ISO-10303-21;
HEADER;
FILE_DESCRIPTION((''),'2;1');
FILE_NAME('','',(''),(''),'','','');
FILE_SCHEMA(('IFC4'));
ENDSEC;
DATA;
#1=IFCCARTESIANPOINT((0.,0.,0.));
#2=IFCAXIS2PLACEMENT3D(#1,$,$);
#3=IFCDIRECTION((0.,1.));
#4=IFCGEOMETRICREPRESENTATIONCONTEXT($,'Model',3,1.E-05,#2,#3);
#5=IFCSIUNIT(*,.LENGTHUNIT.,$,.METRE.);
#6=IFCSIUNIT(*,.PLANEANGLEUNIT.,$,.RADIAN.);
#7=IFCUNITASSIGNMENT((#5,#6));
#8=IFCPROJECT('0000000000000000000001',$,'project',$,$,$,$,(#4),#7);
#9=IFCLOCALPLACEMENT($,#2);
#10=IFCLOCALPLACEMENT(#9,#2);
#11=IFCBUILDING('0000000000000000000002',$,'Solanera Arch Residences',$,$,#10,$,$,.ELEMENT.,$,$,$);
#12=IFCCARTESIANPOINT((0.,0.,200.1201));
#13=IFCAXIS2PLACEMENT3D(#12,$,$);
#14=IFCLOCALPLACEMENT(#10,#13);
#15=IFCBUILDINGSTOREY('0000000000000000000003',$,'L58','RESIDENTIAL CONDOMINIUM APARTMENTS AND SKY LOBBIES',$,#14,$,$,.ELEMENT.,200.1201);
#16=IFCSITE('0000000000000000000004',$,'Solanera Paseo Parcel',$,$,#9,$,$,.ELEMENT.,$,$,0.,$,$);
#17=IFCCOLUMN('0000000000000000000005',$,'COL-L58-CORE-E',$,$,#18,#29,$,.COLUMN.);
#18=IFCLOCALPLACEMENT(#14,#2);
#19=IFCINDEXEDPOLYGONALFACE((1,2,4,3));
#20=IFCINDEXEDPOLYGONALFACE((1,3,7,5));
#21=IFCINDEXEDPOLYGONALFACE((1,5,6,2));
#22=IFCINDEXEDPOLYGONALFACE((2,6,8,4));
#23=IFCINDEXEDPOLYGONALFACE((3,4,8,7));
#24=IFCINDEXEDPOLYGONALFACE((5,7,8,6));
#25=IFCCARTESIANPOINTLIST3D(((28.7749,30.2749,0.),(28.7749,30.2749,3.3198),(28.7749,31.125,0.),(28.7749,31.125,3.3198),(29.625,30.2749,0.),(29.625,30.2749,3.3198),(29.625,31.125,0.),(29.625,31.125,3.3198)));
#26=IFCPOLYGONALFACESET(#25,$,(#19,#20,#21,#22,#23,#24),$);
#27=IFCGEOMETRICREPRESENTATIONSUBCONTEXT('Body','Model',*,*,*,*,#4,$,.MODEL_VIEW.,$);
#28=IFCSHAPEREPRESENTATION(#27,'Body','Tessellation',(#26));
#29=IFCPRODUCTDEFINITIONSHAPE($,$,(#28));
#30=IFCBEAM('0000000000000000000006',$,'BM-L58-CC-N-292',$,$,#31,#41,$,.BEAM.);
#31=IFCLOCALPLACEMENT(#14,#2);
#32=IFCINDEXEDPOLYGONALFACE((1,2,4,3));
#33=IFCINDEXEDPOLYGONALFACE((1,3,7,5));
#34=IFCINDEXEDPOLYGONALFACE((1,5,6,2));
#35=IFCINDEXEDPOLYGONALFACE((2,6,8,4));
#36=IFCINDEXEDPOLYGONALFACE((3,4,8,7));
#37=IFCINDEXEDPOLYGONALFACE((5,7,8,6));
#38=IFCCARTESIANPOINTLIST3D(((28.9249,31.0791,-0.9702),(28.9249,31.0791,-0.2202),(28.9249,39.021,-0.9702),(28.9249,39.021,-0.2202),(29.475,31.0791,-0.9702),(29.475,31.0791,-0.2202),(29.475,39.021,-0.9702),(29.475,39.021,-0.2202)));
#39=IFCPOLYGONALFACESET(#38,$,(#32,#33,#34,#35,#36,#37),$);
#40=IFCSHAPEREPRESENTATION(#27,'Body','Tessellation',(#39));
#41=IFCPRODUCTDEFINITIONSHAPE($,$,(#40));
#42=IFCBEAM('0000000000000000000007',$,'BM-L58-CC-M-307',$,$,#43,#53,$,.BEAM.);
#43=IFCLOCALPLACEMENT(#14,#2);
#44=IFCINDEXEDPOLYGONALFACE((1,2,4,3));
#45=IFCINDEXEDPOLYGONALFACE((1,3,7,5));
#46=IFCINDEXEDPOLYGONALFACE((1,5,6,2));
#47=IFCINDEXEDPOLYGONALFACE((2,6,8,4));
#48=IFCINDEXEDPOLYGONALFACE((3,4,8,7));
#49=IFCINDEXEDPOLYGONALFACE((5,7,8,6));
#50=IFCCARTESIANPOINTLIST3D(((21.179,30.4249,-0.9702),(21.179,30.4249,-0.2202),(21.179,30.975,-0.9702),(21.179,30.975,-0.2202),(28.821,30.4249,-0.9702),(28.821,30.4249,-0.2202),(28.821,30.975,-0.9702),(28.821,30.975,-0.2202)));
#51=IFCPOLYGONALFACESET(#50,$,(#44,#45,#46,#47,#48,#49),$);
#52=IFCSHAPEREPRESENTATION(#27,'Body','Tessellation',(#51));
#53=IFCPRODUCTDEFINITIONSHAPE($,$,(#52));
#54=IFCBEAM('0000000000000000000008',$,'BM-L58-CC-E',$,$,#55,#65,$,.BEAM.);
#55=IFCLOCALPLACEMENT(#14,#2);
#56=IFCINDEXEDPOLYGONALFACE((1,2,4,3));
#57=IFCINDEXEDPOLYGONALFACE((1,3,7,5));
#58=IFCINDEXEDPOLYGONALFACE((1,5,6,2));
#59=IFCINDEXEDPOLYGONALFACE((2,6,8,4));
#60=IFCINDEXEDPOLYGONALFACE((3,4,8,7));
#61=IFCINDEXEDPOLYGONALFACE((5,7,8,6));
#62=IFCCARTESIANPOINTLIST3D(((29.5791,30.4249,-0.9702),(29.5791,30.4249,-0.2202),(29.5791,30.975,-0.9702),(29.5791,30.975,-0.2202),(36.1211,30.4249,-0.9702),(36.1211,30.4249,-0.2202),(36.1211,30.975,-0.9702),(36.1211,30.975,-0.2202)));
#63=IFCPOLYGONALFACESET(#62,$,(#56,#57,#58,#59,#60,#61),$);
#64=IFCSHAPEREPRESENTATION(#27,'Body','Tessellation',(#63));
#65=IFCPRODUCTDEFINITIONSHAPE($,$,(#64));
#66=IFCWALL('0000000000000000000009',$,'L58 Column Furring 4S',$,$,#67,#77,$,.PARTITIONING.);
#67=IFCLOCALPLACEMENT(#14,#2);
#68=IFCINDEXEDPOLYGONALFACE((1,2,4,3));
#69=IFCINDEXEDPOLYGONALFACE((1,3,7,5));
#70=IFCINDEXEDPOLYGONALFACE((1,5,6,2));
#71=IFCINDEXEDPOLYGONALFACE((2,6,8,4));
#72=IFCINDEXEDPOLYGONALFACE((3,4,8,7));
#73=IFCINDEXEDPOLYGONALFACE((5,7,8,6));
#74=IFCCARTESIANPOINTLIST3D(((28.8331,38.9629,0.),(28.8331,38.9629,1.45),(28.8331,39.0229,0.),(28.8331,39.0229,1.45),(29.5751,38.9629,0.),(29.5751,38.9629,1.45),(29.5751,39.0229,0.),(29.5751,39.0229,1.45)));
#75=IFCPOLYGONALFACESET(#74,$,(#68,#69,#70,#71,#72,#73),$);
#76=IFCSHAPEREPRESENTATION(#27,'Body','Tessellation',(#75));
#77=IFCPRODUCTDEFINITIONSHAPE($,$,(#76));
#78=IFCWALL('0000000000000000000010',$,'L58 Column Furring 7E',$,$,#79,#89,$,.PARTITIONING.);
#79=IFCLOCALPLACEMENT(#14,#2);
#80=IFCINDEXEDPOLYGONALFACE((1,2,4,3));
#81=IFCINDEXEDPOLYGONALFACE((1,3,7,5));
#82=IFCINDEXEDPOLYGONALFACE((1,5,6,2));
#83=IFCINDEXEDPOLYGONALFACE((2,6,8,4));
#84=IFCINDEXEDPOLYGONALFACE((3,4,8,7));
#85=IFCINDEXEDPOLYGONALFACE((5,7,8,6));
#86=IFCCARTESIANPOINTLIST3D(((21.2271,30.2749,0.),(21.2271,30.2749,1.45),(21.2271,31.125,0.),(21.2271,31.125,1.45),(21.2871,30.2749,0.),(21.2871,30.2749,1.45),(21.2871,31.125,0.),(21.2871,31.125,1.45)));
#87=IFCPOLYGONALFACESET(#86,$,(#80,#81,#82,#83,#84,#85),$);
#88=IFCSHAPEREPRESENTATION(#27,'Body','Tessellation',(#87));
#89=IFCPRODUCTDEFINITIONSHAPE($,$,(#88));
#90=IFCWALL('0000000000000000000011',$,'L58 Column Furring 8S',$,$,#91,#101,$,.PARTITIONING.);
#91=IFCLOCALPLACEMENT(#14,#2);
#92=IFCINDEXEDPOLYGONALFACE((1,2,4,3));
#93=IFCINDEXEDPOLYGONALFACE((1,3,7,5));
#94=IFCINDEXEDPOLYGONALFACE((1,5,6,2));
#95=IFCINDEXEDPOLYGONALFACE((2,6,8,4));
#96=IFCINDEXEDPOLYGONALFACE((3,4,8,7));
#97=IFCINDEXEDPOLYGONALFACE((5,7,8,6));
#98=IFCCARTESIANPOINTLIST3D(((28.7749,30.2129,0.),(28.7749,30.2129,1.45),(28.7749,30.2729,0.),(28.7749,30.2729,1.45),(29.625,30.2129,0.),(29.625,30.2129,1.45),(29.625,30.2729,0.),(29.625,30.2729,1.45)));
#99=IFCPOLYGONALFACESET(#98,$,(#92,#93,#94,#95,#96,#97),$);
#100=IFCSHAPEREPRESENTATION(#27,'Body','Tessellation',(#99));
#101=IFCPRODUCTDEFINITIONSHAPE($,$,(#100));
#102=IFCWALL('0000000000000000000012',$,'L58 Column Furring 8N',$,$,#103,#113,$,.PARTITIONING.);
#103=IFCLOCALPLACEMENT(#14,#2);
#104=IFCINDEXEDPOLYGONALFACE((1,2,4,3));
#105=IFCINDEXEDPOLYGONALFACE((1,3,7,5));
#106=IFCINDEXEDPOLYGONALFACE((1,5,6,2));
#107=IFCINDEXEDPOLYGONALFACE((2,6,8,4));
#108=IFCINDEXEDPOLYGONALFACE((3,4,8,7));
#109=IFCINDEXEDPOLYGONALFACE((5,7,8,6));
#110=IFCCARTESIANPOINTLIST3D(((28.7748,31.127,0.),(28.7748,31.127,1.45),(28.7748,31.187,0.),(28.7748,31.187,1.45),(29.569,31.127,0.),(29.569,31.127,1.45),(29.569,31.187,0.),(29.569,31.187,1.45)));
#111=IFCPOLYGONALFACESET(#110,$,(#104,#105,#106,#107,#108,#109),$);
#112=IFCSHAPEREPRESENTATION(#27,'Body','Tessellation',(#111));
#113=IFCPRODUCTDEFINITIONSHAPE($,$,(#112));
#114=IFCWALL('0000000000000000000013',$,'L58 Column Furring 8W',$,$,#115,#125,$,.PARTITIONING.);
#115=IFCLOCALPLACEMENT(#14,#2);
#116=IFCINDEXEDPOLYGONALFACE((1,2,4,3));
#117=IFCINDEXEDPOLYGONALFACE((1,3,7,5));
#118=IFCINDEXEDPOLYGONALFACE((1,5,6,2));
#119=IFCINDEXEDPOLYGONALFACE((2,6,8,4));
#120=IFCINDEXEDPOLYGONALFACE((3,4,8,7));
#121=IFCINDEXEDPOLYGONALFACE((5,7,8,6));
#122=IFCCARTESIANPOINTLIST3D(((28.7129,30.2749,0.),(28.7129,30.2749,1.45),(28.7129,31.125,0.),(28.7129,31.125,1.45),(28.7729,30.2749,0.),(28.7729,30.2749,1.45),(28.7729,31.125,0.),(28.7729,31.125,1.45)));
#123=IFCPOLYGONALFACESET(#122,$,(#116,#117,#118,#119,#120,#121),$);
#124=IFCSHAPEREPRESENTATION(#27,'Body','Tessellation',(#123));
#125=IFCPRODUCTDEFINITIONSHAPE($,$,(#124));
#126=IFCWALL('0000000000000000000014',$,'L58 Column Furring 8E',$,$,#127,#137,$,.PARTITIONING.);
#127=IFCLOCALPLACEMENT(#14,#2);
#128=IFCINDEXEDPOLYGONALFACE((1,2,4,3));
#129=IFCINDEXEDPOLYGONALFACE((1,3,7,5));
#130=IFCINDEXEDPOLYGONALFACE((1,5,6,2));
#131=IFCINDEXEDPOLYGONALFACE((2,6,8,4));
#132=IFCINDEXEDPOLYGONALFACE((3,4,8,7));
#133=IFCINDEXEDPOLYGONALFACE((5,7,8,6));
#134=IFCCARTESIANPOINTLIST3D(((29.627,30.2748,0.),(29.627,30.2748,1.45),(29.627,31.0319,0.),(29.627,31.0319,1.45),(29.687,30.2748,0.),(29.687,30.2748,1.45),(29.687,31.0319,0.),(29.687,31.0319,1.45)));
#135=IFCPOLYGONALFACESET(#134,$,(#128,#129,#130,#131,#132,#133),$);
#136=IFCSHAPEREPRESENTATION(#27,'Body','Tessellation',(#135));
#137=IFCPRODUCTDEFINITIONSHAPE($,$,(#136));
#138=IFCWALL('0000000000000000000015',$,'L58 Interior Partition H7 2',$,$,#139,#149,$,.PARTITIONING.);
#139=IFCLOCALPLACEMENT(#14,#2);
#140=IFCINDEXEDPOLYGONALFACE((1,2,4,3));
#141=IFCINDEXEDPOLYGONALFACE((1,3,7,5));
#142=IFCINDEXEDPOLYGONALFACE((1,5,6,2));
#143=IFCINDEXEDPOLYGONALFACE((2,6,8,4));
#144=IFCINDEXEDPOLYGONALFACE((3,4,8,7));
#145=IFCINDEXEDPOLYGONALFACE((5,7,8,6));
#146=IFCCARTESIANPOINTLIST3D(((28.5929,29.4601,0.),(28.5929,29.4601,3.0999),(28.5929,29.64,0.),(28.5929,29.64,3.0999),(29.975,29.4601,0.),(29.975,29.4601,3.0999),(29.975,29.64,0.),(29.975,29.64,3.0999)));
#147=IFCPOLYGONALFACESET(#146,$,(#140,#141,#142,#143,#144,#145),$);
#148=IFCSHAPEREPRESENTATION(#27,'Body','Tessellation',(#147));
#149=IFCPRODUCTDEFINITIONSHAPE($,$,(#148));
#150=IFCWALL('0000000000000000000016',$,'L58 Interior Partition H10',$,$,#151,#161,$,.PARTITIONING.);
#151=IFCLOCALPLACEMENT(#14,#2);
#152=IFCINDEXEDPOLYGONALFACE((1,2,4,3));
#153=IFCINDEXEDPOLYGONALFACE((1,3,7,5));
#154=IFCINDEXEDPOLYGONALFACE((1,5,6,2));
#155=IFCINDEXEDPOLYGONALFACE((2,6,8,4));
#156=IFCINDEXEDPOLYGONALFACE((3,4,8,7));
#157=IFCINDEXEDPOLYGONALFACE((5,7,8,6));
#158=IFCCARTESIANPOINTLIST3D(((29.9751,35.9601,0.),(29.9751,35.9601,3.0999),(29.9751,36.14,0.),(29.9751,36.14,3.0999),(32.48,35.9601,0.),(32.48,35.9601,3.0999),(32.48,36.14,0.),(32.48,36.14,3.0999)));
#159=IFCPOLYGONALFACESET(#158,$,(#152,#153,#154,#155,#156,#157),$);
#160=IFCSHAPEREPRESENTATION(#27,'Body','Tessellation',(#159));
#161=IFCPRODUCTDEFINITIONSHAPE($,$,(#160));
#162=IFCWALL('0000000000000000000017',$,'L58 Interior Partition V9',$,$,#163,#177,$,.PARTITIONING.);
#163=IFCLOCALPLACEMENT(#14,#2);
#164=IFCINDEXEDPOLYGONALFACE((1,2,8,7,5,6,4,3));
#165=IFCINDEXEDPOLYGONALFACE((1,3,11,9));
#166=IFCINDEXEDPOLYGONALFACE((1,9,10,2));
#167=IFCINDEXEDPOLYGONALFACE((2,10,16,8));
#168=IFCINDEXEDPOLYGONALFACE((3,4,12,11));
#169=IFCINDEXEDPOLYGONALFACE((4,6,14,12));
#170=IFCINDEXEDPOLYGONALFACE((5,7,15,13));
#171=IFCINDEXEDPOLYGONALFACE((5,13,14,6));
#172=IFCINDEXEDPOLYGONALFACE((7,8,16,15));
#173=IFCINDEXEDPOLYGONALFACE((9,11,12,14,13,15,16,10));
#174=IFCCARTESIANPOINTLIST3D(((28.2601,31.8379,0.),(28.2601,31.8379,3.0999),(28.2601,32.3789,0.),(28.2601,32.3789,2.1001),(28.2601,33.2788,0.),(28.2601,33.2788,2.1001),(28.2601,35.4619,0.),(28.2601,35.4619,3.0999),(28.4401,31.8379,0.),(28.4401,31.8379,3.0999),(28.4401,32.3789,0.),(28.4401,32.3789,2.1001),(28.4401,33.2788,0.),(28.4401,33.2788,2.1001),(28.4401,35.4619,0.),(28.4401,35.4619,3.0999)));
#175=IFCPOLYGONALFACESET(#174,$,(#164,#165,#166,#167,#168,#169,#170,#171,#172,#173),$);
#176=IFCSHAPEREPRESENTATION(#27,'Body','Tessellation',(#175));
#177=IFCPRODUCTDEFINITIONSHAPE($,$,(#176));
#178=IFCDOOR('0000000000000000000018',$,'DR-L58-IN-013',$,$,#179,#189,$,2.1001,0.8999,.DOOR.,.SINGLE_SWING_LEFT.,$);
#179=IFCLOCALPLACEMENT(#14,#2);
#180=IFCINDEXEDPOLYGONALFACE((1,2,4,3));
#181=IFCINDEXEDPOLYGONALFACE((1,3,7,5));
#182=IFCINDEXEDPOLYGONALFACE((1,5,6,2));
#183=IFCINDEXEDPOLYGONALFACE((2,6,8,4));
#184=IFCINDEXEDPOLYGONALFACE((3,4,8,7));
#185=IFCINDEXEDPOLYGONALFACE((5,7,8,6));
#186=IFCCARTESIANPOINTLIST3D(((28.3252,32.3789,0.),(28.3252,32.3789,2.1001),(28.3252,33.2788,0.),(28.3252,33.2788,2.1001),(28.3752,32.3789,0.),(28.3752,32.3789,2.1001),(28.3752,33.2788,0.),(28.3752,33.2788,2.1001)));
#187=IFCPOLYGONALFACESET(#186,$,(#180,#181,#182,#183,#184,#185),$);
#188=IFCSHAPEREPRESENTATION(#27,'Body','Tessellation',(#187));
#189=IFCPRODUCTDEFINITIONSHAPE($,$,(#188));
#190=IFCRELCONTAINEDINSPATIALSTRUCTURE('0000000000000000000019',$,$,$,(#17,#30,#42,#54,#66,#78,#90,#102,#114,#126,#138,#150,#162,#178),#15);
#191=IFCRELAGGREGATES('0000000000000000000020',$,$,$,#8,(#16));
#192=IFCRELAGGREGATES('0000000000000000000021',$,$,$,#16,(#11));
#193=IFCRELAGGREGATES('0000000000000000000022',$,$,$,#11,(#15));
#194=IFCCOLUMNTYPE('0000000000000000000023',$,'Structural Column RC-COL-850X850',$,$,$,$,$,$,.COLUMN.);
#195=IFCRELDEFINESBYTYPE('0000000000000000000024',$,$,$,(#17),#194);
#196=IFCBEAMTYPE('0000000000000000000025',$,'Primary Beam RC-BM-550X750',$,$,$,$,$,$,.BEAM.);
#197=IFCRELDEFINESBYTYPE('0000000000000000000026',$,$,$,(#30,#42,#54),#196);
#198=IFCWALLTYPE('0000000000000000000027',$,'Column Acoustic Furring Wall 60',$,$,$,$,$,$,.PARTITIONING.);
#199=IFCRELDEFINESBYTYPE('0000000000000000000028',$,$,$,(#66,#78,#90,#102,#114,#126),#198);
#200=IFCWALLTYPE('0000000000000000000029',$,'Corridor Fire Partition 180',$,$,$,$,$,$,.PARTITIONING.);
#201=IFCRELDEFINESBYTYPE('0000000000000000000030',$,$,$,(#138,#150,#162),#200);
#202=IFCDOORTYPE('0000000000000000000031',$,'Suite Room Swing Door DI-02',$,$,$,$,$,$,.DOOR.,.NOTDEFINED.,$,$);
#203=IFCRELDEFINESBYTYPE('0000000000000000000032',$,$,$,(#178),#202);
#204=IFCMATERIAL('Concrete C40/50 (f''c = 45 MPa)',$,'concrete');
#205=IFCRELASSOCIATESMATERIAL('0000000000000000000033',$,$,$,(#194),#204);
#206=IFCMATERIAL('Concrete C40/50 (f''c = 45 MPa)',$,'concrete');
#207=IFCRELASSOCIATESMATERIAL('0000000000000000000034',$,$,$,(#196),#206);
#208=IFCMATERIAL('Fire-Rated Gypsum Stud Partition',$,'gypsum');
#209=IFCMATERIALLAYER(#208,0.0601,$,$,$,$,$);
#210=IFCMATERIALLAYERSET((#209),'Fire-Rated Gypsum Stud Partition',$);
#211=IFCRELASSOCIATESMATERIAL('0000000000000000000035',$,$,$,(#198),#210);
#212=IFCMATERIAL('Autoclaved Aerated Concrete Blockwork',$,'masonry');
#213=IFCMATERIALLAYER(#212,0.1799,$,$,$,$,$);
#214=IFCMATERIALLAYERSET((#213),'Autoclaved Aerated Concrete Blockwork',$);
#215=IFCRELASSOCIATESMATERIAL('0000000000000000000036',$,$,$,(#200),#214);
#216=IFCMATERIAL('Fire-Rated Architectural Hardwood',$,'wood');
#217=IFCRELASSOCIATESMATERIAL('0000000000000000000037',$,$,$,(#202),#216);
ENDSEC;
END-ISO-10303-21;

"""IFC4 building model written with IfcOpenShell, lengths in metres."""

from ifc_helpers import new_model, si_unit, direction, frame, frame_2d, origin, origin_2d, place, context, subcontext, project, spatial, rectangle, extrude, material, layer, layer_set, material_profile, profile_set, type_object, element, fill, save


model = new_model("IFC4")

# Units and contexts
model_context = context("Model", 3, precision=1e-05, world=origin(), true_north=direction((0.0, 1.0)))
body_context = subcontext(model_context, "Body", "Model", "MODEL_VIEW")
ifc_project = project(units=[si_unit("LENGTHUNIT", "METRE"), si_unit("PLANEANGLEUNIT", "RADIAN")], contexts=[model_context])

# Site, building, storey
site_placement = place(None, origin())
site = spatial("IfcSite", under=ifc_project, at=site_placement, Name="Solanera Paseo Parcel", CompositionType="ELEMENT", RefElevation=0.0)
building_placement = place(site_placement, origin())
building = spatial("IfcBuilding", under=site, at=building_placement, Name="Solanera Arch Residences", CompositionType="ELEMENT")
storey_placement = place(building_placement, frame((0.0, 0.0, 200.1201)))
storey = spatial("IfcBuildingStorey", under=building, at=storey_placement, Name="L58", Description="RESIDENTIAL CONDOMINIUM APARTMENTS AND SKY LOBBIES", CompositionType="ELEMENT", Elevation=200.1201)

# Column
ifc_material_1 = material(Name="Concrete C40/50 (f'c = 45 MPa)", Category="concrete")
ifc_material_profile_1 = material_profile(ifc_material_1, rectangle(XDim=0.8501, YDim=0.8501, at=origin_2d()))
ifc_profile_set_1 = profile_set([ifc_material_profile_1], Name="Concrete C40/50 (f'c = 45 MPa)")
column_type = type_object("IfcColumnType", Name="Structural Column RC-COL-850X850", PredefinedType="COLUMN", material=ifc_profile_set_1)
column_placement = place(storey_placement, frame((29.2, 30.7, 0.0), z_axis=(0.0, 0.0, 1.0), x_axis=(1.0, 0.0, 0.0)))
element("IfcColumn", 1, at=column_placement, inside=storey, type_object=column_type, Name="COL-L58-CORE-E", PredefinedType="COLUMN", context=body_context, shape_type="SweptSolid", body=[
    extrude(rectangle(XDim=0.8501, YDim=0.8501, at=origin_2d()), origin(), (0.0, 0.0, 1.0), 3.3198),
])

# Beams
ifc_material_2 = material(Name="Concrete C40/50 (f'c = 45 MPa)", Category="concrete")
ifc_material_profile_2 = material_profile(ifc_material_2, rectangle(XDim=0.55, YDim=0.75, at=origin_2d()))
ifc_profile_set_2 = profile_set([ifc_material_profile_2], Name="Concrete C40/50 (f'c = 45 MPa)")
beam_type = type_object("IfcBeamType", Name="Primary Beam RC-BM-550X750", PredefinedType="BEAM", material=ifc_profile_set_2)
beam_1_placement = place(storey_placement, frame((29.2, 31.0791, -0.5952), z_axis=(0.0, 1.0, 0.0), x_axis=(-1.0, 0.0, 0.0)))
element("IfcBeam", 2, at=beam_1_placement, inside=storey, type_object=beam_type, Name="BM-L58-CC-N-292", PredefinedType="BEAM", context=body_context, shape_type="SweptSolid", body=[
    extrude(rectangle(XDim=0.55, YDim=0.75, at=origin_2d()), origin(), (0.0, 0.0, 1.0), 7.9419),
])
beam_2_placement = place(storey_placement, frame((21.179, 30.7, -0.5952), z_axis=(1.0, 0.0, 0.0), x_axis=(0.0, 1.0, 0.0)))
element("IfcBeam", 3, at=beam_2_placement, inside=storey, type_object=beam_type, Name="BM-L58-CC-M-307", PredefinedType="BEAM", context=body_context, shape_type="SweptSolid", body=[
    extrude(rectangle(XDim=0.55, YDim=0.75, at=origin_2d()), origin(), (0.0, 0.0, 1.0), 7.6421),
])
beam_3_placement = place(storey_placement, frame((29.5791, 30.7, -0.5952), z_axis=(1.0, 0.0, 0.0), x_axis=(0.0, 1.0, 0.0)))
element("IfcBeam", 4, at=beam_3_placement, inside=storey, type_object=beam_type, Name="BM-L58-CC-E", PredefinedType="BEAM", context=body_context, shape_type="SweptSolid", body=[
    extrude(rectangle(XDim=0.55, YDim=0.75, at=origin_2d()), origin(), (0.0, 0.0, 1.0), 6.542),
])

# Walls
ifc_material_3 = material(Name="Fire-Rated Gypsum Stud Partition", Category="gypsum")
ifc_layer_1 = layer(ifc_material_3, 0.0601)
ifc_layer_set_1 = layer_set([ifc_layer_1], Name="Fire-Rated Gypsum Stud Partition")
wall_type_1 = type_object("IfcWallType", Name="Column Acoustic Furring Wall 60", PredefinedType="PARTITIONING", material=ifc_layer_set_1)
wall_1_placement = place(storey_placement, frame((28.833, 38.9929, 0.0), z_axis=(0.0, 0.0, 1.0), x_axis=(1.0, 0.0, 0.0)))
element("IfcWall", 5, at=wall_1_placement, inside=storey, type_object=wall_type_1, Name="L58 Column Furring 4S", PredefinedType="PARTITIONING", context=body_context, shape_type="SweptSolid", body=[
    extrude(rectangle(XDim=0.7419, YDim=0.0601, at=frame_2d((0.3711, 0.0))), origin(), (0.0, 0.0, 1.0), 1.45),
])
for number, where, z_axis, x_axis, name in (
    (6, (21.2571, 30.2749, 0.0), (0.0, 0.0, 1.0), (0.0, 1.0, 0.0), "L58 Column Furring 7E"),
    (7, (28.7749, 30.2429, 0.0), (0.0, 0.0, 1.0), (1.0, 0.0, 0.0), "L58 Column Furring 8S"),
):
    element("IfcWall", number, at=place(storey_placement, frame(where, z_axis=z_axis, x_axis=x_axis)), inside=storey, type_object=wall_type_1, Name=name, PredefinedType="PARTITIONING", context=body_context, shape_type="SweptSolid", body=[
        extrude(rectangle(XDim=0.8501, YDim=0.0601, at=frame_2d((0.425, 0.0))), origin(), (0.0, 0.0, 1.0), 1.45),
    ])
wall_2_placement = place(storey_placement, frame((28.7749, 31.157, 0.0), z_axis=(0.0, 0.0, 1.0), x_axis=(1.0, 0.0, 0.0)))
element("IfcWall", 8, at=wall_2_placement, inside=storey, type_object=wall_type_1, Name="L58 Column Furring 8N", PredefinedType="PARTITIONING", context=body_context, shape_type="SweptSolid", body=[
    extrude(rectangle(XDim=0.7942, YDim=0.0601, at=frame_2d((0.397, 0.0))), origin(), (0.0, 0.0, 1.0), 1.45),
])
wall_3_placement = place(storey_placement, frame((28.7429, 30.2749, 0.0), z_axis=(0.0, 0.0, 1.0), x_axis=(0.0, 1.0, 0.0)))
element("IfcWall", 9, at=wall_3_placement, inside=storey, type_object=wall_type_1, Name="L58 Column Furring 8W", PredefinedType="PARTITIONING", context=body_context, shape_type="SweptSolid", body=[
    extrude(rectangle(XDim=0.8501, YDim=0.0601, at=frame_2d((0.425, 0.0))), origin(), (0.0, 0.0, 1.0), 1.45),
])
wall_4_placement = place(storey_placement, frame((29.657, 30.2749, 0.0), z_axis=(0.0, 0.0, 1.0), x_axis=(0.0, 1.0, 0.0)))
element("IfcWall", 10, at=wall_4_placement, inside=storey, type_object=wall_type_1, Name="L58 Column Furring 8E", PredefinedType="PARTITIONING", context=body_context, shape_type="SweptSolid", body=[
    extrude(rectangle(XDim=0.7571, YDim=0.0601, at=frame_2d((0.3784, 0.0))), origin(), (0.0, 0.0, 1.0), 1.45),
])
ifc_material_4 = material(Name="Autoclaved Aerated Concrete Blockwork", Category="masonry")
ifc_layer_2 = layer(ifc_material_4, 0.1799)
ifc_layer_set_2 = layer_set([ifc_layer_2], Name="Autoclaved Aerated Concrete Blockwork")
wall_type_2 = type_object("IfcWallType", Name="Corridor Fire Partition 180", PredefinedType="PARTITIONING", material=ifc_layer_set_2)
wall_5_placement = place(storey_placement, frame((28.593, 29.55, 0.0), z_axis=(0.0, 0.0, 1.0), x_axis=(1.0, 0.0, 0.0)))
element("IfcWall", 11, at=wall_5_placement, inside=storey, type_object=wall_type_2, Name="L58 Interior Partition H7 2", PredefinedType="PARTITIONING", context=body_context, shape_type="SweptSolid", body=[
    extrude(rectangle(XDim=1.3821, YDim=0.1799, at=frame_2d((0.6909, 0.0))), origin(), (0.0, 0.0, 1.0), 3.0999),
])
wall_6_placement = place(storey_placement, frame((29.9751, 36.05, 0.0), z_axis=(0.0, 0.0, 1.0), x_axis=(1.0, 0.0, 0.0)))
element("IfcWall", 12, at=wall_6_placement, inside=storey, type_object=wall_type_2, Name="L58 Interior Partition H10", PredefinedType="PARTITIONING", context=body_context, shape_type="SweptSolid", body=[
    extrude(rectangle(XDim=2.5049, YDim=0.1799, at=frame_2d((1.2524, 0.0))), origin(), (0.0, 0.0, 1.0), 3.0999),
])

# Wall, opening, door
wall_7_placement = place(storey_placement, frame((28.3501, 31.8379, 0.0), z_axis=(0.0, 0.0, 1.0), x_axis=(0.0, 1.0, 0.0)))
wall_7 = element("IfcWall", 13, at=wall_7_placement, inside=storey, type_object=wall_type_2, Name="L58 Interior Partition V9", PredefinedType="PARTITIONING", context=body_context, shape_type="SweptSolid", body=[
    extrude(rectangle(XDim=3.624, YDim=0.1799, at=frame_2d((1.812, 0.0))), origin(), (0.0, 0.0, 1.0), 3.0999),
])
opening_1_placement = place(wall_7_placement, frame((0.541, 0.0, 0.0)))
opening_1 = element("IfcOpeningElement", 14, at=opening_1_placement, cuts=wall_7, PredefinedType="OPENING", context=body_context, shape_type="SweptSolid", body=[
    extrude(rectangle(XDim=0.8999, YDim=2.1001, at=frame_2d((0.45, 1.05))), frame((0.0, 0.1001, 0.0), z_axis=(0.0, -1.0, 0.0), x_axis=(1.0, 0.0, 0.0)), (0.0, 0.0, 1.0), 0.1999),
])
ifc_material_5 = material(Name="Fire-Rated Architectural Hardwood", Category="wood")
door_type_1 = type_object("IfcDoorType", Name="Suite Room Swing Door DI-02", OperationType="NOTDEFINED", PredefinedType="DOOR", material=ifc_material_5)
door_1_placement = place(opening_1_placement, origin())
door_1 = element("IfcDoor", 15, at=door_1_placement, inside=storey, type_object=door_type_1, Name="DR-L58-IN-013", OperationType="SINGLE_SWING_LEFT", OverallHeight=2.1001, OverallWidth=0.8999, PredefinedType="DOOR", context=body_context, shape_type="SweptSolid", body=[
    extrude(rectangle(XDim=0.8999, YDim=2.1001, at=frame_2d((0.45, 1.05))), frame((0.0, 0.0249, 0.0), z_axis=(0.0, -1.0, 0.0), x_axis=(1.0, 0.0, 0.0)), (0.0, 0.0, 1.0), 0.05),
])
fill(opening_1, door_1)

save(model, "model.ifc")
